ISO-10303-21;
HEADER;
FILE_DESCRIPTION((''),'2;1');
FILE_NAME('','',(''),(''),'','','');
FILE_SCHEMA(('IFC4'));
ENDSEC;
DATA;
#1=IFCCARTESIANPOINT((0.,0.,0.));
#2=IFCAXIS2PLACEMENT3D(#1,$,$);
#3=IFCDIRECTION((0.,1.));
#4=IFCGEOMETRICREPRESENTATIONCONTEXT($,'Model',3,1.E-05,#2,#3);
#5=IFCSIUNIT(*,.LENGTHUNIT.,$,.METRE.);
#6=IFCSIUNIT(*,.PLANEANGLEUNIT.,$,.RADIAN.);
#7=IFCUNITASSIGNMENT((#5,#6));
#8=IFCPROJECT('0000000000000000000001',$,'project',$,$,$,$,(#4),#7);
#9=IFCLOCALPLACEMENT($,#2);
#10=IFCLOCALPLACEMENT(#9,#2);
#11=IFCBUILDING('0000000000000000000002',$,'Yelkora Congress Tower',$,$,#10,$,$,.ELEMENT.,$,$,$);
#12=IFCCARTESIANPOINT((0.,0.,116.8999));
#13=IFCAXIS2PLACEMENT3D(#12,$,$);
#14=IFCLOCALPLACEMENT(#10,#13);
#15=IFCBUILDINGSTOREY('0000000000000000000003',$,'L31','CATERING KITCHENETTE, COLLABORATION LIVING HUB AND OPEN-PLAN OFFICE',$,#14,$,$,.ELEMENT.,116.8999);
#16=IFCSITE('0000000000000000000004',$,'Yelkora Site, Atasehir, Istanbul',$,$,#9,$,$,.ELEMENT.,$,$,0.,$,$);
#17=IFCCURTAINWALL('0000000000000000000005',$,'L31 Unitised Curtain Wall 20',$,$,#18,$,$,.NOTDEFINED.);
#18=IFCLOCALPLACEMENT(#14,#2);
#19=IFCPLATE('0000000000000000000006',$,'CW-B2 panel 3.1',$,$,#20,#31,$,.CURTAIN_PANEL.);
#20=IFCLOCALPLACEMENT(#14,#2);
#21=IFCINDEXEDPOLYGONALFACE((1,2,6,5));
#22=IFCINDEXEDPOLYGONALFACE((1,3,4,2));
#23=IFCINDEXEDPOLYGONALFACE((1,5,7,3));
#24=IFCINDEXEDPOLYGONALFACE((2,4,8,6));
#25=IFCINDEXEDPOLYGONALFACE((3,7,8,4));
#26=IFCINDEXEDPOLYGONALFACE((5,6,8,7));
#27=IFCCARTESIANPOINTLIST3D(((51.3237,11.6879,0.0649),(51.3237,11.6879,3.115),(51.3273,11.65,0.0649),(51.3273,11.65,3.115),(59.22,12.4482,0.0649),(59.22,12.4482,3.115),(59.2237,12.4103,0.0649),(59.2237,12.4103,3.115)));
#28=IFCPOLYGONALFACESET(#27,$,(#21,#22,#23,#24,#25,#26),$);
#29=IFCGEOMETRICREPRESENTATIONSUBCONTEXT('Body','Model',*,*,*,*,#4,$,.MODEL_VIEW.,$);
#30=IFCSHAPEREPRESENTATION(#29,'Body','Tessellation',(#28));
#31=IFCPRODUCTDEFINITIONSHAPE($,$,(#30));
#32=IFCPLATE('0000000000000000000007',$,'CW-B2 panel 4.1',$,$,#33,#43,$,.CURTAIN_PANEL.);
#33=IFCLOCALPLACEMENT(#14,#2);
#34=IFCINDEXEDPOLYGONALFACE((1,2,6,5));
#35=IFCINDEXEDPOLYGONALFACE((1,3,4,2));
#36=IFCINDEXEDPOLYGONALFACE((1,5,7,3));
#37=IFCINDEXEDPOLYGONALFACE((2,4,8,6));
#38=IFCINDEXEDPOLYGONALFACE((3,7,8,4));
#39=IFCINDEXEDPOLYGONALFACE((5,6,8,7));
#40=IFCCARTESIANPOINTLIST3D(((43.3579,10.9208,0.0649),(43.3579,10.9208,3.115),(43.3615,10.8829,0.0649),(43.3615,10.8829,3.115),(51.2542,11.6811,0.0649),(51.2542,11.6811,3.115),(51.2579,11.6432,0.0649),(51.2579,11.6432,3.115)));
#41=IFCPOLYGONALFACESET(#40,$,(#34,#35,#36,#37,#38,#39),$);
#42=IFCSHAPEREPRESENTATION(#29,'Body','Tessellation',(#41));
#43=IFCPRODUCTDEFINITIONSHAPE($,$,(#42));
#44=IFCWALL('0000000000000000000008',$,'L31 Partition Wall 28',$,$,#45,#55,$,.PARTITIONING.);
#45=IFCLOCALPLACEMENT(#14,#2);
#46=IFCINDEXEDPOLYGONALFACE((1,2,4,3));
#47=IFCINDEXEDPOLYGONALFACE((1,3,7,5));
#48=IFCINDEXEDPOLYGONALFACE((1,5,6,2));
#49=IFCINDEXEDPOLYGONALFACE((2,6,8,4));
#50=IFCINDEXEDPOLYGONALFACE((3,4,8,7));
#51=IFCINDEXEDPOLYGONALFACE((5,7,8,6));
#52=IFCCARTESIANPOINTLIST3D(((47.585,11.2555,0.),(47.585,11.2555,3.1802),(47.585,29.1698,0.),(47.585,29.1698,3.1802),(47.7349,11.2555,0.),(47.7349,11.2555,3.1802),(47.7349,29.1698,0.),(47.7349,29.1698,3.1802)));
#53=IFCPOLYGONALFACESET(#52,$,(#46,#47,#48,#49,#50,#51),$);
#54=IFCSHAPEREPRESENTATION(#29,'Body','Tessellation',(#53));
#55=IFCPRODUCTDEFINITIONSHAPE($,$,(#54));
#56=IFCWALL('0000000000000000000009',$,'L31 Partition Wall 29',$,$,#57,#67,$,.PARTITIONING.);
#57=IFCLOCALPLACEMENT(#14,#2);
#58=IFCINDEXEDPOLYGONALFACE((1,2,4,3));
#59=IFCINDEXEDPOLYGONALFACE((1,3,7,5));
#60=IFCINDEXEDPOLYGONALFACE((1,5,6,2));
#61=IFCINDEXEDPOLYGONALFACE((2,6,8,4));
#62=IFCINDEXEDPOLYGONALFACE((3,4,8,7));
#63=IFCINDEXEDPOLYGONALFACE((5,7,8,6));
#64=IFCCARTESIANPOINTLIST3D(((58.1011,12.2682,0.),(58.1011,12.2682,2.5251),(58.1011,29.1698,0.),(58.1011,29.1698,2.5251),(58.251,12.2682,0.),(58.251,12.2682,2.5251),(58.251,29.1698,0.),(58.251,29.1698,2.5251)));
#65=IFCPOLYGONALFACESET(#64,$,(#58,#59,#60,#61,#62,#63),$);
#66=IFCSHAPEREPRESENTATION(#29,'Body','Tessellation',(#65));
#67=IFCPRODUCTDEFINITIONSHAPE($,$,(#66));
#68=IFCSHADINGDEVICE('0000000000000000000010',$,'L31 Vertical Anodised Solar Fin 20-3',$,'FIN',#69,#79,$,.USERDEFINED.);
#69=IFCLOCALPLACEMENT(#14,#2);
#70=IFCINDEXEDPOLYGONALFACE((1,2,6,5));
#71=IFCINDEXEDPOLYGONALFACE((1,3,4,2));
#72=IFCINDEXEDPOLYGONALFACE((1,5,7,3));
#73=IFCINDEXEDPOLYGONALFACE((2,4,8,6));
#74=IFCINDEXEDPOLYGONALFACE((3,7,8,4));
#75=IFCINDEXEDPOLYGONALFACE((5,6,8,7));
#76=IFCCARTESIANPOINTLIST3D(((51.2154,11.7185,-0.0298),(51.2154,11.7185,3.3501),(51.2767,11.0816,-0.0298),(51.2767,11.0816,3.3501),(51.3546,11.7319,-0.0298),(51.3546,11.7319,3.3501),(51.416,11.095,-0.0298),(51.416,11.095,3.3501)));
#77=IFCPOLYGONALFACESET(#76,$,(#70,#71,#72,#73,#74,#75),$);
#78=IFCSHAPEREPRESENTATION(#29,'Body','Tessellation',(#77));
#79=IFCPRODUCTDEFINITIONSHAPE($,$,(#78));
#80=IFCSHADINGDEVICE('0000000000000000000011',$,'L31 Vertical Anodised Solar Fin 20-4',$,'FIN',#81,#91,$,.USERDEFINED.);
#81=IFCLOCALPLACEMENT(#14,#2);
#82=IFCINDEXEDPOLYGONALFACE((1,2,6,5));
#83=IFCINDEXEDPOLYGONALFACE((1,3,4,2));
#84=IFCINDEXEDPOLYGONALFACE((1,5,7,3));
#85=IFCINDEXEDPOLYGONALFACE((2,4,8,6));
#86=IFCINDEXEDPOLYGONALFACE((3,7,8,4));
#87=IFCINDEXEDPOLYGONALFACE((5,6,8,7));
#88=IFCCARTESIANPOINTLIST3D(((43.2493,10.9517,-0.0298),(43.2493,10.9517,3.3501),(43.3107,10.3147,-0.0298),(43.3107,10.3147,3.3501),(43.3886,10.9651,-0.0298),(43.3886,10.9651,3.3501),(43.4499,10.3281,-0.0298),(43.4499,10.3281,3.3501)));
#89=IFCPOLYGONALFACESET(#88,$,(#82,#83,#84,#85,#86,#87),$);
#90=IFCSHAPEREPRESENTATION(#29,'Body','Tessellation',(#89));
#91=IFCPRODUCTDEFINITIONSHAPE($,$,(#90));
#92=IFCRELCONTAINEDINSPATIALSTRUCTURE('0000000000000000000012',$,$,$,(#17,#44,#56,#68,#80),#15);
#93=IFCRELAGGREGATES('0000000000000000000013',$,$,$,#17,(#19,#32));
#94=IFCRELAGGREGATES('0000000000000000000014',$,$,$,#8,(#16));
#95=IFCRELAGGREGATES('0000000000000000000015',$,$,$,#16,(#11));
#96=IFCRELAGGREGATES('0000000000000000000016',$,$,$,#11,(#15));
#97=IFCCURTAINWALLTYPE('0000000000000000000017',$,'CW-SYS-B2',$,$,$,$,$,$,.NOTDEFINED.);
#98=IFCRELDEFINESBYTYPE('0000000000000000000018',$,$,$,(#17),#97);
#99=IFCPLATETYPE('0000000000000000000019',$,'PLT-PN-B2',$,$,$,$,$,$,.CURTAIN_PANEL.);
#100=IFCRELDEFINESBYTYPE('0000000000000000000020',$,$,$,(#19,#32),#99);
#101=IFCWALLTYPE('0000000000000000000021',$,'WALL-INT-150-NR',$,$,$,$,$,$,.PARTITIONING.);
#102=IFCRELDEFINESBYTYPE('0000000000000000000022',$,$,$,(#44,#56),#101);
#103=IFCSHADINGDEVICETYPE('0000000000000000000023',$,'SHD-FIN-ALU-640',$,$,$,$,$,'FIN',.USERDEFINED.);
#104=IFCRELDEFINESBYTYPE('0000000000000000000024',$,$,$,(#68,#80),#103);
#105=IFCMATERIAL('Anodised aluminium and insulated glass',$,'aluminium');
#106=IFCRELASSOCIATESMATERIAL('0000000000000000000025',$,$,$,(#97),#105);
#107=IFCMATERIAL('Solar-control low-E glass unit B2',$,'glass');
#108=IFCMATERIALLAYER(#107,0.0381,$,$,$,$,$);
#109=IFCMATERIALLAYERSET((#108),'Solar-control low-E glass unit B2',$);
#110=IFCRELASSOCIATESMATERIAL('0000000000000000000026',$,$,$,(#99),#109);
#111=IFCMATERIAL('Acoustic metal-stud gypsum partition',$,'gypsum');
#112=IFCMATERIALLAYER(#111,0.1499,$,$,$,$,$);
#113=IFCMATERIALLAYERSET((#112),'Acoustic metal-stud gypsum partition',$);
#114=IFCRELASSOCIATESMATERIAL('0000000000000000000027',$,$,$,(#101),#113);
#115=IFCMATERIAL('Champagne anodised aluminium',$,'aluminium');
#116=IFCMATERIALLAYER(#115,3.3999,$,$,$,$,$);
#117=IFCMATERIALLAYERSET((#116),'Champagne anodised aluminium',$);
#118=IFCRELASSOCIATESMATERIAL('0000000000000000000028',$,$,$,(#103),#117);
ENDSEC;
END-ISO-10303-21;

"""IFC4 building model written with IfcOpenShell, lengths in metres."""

from ifc_helpers import new_model, si_unit, direction, frame, frame_2d, origin, origin_2d, place, context, subcontext, project, spatial, rectangle, extrude, material, layer, layer_set, type_object, element, aggregate, save


model = new_model("IFC4")

# Units and contexts
model_context = context("Model", 3, precision=1e-05, world=origin(), true_north=direction((0.0, 1.0)))
body_context = subcontext(model_context, "Body", "Model", "MODEL_VIEW")
ifc_project = project(units=[si_unit("LENGTHUNIT", "METRE"), si_unit("PLANEANGLEUNIT", "RADIAN")], contexts=[model_context])

# Site, building, storey
site_placement = place(None, origin())
site = spatial("IfcSite", under=ifc_project, at=site_placement, Name="Yelkora Site, Atasehir, Istanbul", CompositionType="ELEMENT", RefElevation=0.0)
building_placement = place(site_placement, origin())
building = spatial("IfcBuilding", under=site, at=building_placement, Name="Yelkora Congress Tower", CompositionType="ELEMENT")
storey_placement = place(building_placement, frame((0.0, 0.0, 116.8999)))
storey = spatial("IfcBuildingStorey", under=building, at=storey_placement, Name="L31", Description="CATERING KITCHENETTE, COLLABORATION LIVING HUB AND OPEN-PLAN OFFICE", CompositionType="ELEMENT", Elevation=116.8999)

# Curtain wall, plates
ifc_material_1 = material(Name="Anodised aluminium and insulated glass", Category="aluminium")
curtain_wall_type = type_object("IfcCurtainWallType", Name="CW-SYS-B2", PredefinedType="NOTDEFINED", material=ifc_material_1)
curtain_wall_placement = place(storey_placement, origin())
curtain_wall = element("IfcCurtainWall", 1, at=curtain_wall_placement, inside=storey, type_object=curtain_wall_type, Name="L31 Unitised Curtain Wall 20", PredefinedType="NOTDEFINED")
ifc_material_2 = material(Name="Solar-control low-E glass unit B2", Category="glass")
ifc_layer_1 = layer(ifc_material_2, 0.0381)
ifc_layer_set_1 = layer_set([ifc_layer_1], Name="Solar-control low-E glass unit B2")
plate_type = type_object("IfcPlateType", Name="PLT-PN-B2", PredefinedType="CURTAIN_PANEL", material=ifc_layer_set_1)
plate_1_placement = place(storey_placement, frame((55.2737, 12.0491, 0.0649), z_axis=(0.0, 0.0, 1.0), x_axis=(-0.995396, -0.095844, 0.0)))
plate_1 = element("IfcPlate", 2, at=plate_1_placement, type_object=plate_type, Name="CW-B2 panel 3.1", PredefinedType="CURTAIN_PANEL", context=body_context, shape_type="SweptSolid", body=[
    extrude(rectangle(XDim=7.9329, YDim=0.0381, at=origin_2d()), origin(), (0.0, 0.0, 1.0), 3.05),
])
plate_2_placement = place(storey_placement, frame((47.3079, 11.282, 0.0649), z_axis=(0.0, 0.0, 1.0), x_axis=(-0.995396, -0.095844, 0.0)))
plate_2 = element("IfcPlate", 3, at=plate_2_placement, type_object=plate_type, Name="CW-B2 panel 4.1", PredefinedType="CURTAIN_PANEL", context=body_context, shape_type="SweptSolid", body=[
    extrude(rectangle(XDim=7.9329, YDim=0.0381, at=origin_2d()), origin(), (0.0, 0.0, 1.0), 3.05),
])
aggregate(curtain_wall, [plate_1, plate_2])

# Walls
ifc_material_3 = material(Name="Acoustic metal-stud gypsum partition", Category="gypsum")
ifc_layer_2 = layer(ifc_material_3, 0.1499)
ifc_layer_set_2 = layer_set([ifc_layer_2], Name="Acoustic metal-stud gypsum partition")
wall_type = type_object("IfcWallType", Name="WALL-INT-150-NR", PredefinedType="PARTITIONING", material=ifc_layer_set_2)
wall_1_placement = place(storey_placement, frame((47.6599, 11.2556, 0.0), z_axis=(0.0, 0.0, 1.0), x_axis=(0.0, 1.0, 0.0)))
element("IfcWall", 4, at=wall_1_placement, inside=storey, type_object=wall_type, Name="L31 Partition Wall 28", PredefinedType="PARTITIONING", context=body_context, shape_type="SweptSolid", body=[
    extrude(rectangle(XDim=17.9143, YDim=0.1499, at=frame_2d((8.957, 0.0))), origin(), (0.0, 0.0, 1.0), 3.1802),
])
wall_2_placement = place(storey_placement, frame((58.176, 12.2683, 0.0), z_axis=(0.0, 0.0, 1.0), x_axis=(0.0, 1.0, 0.0)))
element("IfcWall", 5, at=wall_2_placement, inside=storey, type_object=wall_type, Name="L31 Partition Wall 29", PredefinedType="PARTITIONING", context=body_context, shape_type="SweptSolid", body=[
    extrude(rectangle(XDim=16.9016, YDim=0.1499, at=frame_2d((8.4507, 0.0))), origin(), (0.0, 0.0, 1.0), 2.5251),
])

# Shading devices
ifc_material_4 = material(Name="Champagne anodised aluminium", Category="aluminium")
ifc_layer_3 = layer(ifc_material_4, 3.3999)
ifc_layer_set_3 = layer_set([ifc_layer_3], Name="Champagne anodised aluminium")
shading_device_type = type_object("IfcShadingDeviceType", Name="SHD-FIN-ALU-640", ElementType="FIN", PredefinedType="USERDEFINED", material=ifc_layer_set_3)
for number, where, z_axis, x_axis, name in (
    (6, (51.3157, 11.4067, -0.0298), (0.0, 0.0, 1.0), (-0.995396, -0.095846, 0.0), "L31 Vertical Anodised Solar Fin 20-3"),
    (7, (43.3496, 10.6399, -0.0298), (0.0, 0.0, 1.0), (-0.995396, -0.095846, 0.0), "L31 Vertical Anodised Solar Fin 20-4"),
):
    element("IfcShadingDevice", number, at=place(storey_placement, frame(where, z_axis=z_axis, x_axis=x_axis)), inside=storey, type_object=shading_device_type, Name=name, ObjectType="FIN", PredefinedType="USERDEFINED", context=body_context, shape_type="SweptSolid", body=[
        extrude(rectangle(XDim=0.1399, YDim=0.6399, at=origin_2d()), origin(), (0.0, 0.0, 1.0), 3.3799),
    ])

save(model, "model.ifc")
